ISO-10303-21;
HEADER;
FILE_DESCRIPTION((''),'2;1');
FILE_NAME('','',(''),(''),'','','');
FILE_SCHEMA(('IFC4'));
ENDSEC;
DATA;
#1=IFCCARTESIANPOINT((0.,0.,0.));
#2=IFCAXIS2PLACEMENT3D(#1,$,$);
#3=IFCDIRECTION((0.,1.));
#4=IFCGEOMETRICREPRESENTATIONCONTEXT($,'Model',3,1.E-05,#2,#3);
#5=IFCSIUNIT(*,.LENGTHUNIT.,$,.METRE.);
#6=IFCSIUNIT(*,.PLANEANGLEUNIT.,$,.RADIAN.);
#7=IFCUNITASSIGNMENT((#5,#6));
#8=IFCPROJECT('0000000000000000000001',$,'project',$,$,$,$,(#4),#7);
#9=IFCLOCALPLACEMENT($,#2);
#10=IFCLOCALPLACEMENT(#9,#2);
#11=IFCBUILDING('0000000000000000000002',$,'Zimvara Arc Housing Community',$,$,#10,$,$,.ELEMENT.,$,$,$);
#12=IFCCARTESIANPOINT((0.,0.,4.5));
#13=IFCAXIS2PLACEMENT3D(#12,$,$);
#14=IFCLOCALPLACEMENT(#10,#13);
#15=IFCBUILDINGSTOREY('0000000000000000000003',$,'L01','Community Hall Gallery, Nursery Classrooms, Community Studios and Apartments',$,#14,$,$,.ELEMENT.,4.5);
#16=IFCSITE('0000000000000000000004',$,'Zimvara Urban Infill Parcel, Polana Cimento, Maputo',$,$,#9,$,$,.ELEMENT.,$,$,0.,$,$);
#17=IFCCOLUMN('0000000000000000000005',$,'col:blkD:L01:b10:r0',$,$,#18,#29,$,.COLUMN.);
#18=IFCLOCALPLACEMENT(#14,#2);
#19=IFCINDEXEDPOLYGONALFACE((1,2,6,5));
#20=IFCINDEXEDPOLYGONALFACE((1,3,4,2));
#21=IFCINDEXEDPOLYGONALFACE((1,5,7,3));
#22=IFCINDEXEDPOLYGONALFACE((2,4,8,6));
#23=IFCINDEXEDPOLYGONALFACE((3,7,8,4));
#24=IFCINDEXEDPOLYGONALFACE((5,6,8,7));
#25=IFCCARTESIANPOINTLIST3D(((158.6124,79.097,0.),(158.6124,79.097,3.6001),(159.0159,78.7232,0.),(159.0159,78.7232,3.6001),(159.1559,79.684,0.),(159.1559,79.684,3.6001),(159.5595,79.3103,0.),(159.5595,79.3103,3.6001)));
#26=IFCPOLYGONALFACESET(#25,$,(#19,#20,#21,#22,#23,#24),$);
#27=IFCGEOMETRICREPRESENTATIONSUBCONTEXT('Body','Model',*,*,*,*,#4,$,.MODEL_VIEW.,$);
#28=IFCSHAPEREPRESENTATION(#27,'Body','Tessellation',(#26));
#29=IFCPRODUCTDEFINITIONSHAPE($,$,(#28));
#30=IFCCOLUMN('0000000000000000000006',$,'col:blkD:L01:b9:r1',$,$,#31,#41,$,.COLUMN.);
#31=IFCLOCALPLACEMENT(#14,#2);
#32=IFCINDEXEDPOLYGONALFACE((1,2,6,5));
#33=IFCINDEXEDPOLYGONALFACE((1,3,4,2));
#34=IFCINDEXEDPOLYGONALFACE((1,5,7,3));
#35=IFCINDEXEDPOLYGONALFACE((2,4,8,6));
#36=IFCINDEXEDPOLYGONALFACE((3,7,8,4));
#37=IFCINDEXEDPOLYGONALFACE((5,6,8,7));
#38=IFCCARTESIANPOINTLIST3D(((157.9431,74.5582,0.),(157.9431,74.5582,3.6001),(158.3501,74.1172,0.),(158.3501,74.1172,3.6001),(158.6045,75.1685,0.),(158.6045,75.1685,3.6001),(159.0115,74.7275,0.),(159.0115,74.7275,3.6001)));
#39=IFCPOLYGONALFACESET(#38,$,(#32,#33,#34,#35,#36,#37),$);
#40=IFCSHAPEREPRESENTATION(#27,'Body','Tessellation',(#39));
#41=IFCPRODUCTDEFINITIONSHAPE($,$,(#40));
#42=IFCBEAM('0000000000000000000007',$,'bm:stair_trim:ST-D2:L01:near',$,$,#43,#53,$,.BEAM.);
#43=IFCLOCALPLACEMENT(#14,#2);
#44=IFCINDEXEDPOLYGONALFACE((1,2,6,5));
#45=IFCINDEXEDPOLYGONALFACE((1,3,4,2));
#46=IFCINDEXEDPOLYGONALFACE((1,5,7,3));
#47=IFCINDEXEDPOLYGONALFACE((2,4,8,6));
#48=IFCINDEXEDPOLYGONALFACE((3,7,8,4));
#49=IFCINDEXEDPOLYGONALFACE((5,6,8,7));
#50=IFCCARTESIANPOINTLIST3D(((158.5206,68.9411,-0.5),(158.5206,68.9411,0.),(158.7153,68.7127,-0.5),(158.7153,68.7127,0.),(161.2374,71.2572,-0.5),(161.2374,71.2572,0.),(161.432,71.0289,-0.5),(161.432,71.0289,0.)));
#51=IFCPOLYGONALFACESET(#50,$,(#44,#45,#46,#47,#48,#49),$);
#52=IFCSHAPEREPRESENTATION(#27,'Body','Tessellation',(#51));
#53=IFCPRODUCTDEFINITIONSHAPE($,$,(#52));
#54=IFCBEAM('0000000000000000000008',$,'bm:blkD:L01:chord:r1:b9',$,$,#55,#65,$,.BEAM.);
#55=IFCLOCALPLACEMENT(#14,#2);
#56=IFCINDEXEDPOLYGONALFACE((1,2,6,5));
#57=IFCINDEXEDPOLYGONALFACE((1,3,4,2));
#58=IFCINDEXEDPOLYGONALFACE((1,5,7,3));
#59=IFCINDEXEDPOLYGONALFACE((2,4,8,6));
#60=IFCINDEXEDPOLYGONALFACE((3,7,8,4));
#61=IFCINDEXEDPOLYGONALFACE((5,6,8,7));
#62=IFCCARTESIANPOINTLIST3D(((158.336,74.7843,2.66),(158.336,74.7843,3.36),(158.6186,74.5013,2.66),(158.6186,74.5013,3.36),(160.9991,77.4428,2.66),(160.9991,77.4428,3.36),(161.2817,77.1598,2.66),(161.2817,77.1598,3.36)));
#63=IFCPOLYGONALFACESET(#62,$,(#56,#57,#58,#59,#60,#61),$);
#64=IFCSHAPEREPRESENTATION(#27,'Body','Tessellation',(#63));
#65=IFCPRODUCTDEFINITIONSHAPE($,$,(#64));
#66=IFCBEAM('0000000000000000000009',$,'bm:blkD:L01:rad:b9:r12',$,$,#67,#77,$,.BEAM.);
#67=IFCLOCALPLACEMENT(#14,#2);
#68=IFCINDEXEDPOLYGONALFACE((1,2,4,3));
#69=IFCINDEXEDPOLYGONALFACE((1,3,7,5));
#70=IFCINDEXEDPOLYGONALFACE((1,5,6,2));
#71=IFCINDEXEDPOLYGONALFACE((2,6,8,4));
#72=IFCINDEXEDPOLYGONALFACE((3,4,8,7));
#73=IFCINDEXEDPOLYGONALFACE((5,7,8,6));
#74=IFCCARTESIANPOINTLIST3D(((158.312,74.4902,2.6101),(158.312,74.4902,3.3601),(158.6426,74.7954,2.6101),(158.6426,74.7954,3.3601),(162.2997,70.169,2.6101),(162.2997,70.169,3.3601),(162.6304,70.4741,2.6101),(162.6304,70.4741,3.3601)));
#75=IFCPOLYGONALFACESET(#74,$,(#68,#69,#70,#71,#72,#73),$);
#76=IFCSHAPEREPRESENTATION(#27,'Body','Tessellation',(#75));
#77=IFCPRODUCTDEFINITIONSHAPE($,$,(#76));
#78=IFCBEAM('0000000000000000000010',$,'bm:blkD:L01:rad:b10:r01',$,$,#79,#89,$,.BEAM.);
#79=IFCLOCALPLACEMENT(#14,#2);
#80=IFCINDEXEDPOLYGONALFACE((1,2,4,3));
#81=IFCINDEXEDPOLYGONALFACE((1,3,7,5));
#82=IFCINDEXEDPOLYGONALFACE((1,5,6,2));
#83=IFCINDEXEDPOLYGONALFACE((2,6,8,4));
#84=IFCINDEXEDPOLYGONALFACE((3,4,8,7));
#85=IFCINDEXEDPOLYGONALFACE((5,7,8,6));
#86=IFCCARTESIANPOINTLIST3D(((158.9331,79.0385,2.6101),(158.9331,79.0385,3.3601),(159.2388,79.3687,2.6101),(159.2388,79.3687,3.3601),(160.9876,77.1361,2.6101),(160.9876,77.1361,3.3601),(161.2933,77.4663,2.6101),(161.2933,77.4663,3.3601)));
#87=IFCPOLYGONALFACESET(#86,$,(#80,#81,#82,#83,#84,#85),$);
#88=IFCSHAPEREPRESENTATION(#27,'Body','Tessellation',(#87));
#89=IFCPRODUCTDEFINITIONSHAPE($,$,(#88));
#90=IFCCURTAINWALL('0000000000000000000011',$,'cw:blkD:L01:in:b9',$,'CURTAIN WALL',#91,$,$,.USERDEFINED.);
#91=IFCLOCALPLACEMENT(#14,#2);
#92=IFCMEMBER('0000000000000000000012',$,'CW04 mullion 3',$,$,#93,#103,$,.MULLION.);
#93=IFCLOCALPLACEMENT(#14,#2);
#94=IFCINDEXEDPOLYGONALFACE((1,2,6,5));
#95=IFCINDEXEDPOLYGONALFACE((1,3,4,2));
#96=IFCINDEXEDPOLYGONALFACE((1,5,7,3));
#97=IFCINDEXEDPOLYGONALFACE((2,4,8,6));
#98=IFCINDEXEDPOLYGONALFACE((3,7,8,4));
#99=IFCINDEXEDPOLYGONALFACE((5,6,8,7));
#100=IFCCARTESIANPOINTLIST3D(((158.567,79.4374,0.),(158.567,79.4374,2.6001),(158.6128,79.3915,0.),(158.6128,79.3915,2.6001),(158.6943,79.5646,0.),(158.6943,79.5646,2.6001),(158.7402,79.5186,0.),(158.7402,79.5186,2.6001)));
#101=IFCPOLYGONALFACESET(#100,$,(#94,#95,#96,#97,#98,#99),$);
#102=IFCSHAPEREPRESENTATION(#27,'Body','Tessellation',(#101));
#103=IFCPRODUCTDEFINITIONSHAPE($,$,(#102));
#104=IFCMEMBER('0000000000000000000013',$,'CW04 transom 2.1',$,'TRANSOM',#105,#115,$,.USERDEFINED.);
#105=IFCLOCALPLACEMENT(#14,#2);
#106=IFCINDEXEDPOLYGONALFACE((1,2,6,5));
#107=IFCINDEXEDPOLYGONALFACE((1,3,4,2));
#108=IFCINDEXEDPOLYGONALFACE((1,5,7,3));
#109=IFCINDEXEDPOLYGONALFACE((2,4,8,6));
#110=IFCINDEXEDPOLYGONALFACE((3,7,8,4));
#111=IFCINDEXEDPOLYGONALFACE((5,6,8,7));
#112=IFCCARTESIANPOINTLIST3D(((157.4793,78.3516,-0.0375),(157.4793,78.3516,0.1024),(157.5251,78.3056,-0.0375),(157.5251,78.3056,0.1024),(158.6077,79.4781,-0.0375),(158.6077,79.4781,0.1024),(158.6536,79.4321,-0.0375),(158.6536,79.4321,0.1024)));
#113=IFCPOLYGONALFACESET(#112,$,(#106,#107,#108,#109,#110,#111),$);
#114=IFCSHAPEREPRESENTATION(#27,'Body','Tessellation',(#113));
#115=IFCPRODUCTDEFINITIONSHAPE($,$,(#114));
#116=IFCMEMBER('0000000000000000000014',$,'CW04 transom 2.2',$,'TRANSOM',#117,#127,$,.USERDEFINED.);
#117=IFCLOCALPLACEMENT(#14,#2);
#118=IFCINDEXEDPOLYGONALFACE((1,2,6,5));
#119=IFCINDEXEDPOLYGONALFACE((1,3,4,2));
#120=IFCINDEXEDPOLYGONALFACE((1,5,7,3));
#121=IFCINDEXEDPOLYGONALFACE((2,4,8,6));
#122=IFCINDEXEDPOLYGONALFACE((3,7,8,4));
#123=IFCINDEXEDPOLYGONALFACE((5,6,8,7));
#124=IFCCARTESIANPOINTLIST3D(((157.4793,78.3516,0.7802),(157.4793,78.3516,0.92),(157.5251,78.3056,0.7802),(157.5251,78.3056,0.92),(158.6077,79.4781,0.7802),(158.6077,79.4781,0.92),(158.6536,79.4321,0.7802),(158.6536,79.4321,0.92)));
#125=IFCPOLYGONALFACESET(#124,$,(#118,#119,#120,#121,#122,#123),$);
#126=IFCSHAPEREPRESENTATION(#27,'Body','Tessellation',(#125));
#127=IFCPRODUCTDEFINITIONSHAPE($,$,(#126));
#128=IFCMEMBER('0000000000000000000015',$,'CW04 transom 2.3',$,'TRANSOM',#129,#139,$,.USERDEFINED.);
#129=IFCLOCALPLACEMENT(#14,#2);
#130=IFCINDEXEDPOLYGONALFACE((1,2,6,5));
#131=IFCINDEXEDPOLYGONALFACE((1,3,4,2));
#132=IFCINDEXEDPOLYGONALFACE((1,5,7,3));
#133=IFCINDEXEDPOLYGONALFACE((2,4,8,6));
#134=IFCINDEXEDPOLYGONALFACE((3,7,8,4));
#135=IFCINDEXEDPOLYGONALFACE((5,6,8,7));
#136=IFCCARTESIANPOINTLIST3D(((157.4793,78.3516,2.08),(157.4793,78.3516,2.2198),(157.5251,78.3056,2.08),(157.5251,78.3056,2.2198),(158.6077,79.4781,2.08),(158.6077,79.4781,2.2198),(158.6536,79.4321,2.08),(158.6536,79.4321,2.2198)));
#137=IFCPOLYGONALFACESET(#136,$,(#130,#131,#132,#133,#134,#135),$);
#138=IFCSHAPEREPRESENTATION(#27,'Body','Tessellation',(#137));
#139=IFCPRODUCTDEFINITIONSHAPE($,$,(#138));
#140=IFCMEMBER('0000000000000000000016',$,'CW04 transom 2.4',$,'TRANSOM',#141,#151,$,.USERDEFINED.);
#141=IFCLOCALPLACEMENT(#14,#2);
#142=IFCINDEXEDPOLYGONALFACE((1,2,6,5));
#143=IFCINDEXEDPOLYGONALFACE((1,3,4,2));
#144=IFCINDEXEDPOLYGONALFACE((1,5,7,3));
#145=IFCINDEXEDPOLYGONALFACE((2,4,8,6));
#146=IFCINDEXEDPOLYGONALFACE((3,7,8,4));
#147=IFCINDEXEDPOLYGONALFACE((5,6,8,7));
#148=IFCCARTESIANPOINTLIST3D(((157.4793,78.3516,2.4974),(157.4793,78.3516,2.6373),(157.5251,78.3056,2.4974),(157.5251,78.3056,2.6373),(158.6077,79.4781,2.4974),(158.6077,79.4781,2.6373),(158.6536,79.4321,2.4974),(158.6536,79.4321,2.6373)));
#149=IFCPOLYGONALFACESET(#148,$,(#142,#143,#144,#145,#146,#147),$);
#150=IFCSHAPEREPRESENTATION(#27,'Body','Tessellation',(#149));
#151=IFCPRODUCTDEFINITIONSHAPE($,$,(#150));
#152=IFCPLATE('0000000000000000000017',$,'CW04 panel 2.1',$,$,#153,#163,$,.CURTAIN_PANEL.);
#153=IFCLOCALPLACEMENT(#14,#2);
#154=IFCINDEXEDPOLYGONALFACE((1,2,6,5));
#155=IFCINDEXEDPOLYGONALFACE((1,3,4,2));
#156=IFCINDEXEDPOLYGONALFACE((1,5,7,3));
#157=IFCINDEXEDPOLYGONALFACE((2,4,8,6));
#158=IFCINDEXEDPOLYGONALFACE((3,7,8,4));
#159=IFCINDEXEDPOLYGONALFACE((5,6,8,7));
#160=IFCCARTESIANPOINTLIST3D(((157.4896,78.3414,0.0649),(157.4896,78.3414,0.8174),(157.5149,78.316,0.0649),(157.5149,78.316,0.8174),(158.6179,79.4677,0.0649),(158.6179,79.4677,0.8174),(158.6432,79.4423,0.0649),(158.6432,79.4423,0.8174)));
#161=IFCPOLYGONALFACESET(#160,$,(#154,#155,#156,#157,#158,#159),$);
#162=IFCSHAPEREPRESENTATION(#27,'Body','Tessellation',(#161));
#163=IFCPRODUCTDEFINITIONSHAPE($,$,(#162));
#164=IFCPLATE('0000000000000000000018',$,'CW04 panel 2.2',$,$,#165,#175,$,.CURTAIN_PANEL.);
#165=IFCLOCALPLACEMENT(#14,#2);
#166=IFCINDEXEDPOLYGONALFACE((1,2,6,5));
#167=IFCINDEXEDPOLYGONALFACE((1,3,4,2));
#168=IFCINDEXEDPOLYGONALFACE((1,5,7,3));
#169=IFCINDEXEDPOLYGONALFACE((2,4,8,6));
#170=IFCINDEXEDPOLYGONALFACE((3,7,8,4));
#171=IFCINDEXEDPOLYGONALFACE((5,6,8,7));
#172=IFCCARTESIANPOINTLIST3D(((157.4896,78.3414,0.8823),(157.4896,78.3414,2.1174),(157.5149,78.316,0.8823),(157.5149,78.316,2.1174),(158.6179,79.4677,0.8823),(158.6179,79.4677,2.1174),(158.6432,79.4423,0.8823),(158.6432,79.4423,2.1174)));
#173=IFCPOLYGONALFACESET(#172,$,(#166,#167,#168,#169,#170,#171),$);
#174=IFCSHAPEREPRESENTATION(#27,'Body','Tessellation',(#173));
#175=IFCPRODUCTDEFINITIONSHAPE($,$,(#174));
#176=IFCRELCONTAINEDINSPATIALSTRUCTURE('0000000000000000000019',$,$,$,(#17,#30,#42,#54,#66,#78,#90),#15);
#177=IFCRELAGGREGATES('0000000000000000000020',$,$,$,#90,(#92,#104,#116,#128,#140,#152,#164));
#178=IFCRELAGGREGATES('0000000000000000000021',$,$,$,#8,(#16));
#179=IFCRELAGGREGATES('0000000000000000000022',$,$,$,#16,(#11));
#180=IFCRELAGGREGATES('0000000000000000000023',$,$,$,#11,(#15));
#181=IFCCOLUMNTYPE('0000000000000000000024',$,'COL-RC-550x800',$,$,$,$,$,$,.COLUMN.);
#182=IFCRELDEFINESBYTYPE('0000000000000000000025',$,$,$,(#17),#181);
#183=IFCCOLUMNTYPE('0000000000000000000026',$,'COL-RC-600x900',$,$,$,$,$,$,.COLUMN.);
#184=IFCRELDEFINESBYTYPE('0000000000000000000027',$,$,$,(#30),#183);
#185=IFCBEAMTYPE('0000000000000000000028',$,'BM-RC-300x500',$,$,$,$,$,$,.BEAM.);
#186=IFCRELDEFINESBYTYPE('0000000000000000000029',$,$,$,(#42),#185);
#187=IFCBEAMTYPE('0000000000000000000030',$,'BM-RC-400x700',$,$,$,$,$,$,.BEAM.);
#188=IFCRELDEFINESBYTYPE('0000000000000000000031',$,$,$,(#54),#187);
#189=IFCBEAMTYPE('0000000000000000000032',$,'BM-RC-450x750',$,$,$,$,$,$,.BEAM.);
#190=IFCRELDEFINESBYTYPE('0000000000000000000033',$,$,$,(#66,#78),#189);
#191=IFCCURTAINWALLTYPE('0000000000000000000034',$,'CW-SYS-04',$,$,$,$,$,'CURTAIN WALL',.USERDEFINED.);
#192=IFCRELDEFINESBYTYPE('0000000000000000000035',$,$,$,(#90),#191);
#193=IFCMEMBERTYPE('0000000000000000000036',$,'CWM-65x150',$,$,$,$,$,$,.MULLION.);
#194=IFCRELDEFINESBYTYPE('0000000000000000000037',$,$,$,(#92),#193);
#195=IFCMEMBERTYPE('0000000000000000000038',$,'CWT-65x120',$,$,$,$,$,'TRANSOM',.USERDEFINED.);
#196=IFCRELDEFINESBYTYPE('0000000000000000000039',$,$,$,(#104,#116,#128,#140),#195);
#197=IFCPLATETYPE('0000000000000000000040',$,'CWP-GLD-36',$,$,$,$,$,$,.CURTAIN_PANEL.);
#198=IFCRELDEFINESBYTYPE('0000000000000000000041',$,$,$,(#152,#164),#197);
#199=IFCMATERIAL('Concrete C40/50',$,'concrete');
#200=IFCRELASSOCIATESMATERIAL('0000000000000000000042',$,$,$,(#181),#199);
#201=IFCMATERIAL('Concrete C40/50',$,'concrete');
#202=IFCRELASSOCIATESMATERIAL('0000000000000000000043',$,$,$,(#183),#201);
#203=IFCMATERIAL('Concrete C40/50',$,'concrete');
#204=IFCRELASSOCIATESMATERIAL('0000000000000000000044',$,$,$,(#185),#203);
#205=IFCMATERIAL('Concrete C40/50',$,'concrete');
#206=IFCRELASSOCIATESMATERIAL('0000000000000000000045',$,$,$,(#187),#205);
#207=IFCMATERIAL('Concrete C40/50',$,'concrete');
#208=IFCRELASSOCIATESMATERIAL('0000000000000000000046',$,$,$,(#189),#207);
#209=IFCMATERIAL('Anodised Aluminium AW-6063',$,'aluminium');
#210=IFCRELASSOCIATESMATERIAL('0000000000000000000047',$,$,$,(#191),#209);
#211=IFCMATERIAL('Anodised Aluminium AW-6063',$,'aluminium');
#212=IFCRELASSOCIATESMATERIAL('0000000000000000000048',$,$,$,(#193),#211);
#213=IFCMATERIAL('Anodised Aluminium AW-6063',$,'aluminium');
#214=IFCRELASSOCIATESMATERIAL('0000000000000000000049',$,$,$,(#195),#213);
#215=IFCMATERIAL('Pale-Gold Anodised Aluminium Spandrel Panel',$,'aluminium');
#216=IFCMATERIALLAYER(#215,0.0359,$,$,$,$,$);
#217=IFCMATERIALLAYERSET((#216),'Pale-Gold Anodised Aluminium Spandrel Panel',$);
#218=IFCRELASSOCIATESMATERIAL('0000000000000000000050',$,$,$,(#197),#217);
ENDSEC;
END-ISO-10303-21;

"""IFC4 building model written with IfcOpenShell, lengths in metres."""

from ifc_helpers import new_model, si_unit, direction, frame, origin, origin_2d, place, context, subcontext, project, spatial, rectangle, extrude, material, layer, layer_set, material_profile, profile_set, type_object, element, aggregate, save


model = new_model("IFC4")

# Units and contexts
model_context = context("Model", 3, precision=1e-05, world=origin(), true_north=direction((0.0, 1.0)))
body_context = subcontext(model_context, "Body", "Model", "MODEL_VIEW")
ifc_project = project(units=[si_unit("LENGTHUNIT", "METRE"), si_unit("PLANEANGLEUNIT", "RADIAN")], contexts=[model_context])

# Site, building, storey
site_placement = place(None, origin())
site = spatial("IfcSite", under=ifc_project, at=site_placement, Name="Zimvara Urban Infill Parcel, Polana Cimento, Maputo", CompositionType="ELEMENT", RefElevation=0.0)
building_placement = place(site_placement, origin())
building = spatial("IfcBuilding", under=site, at=building_placement, Name="Zimvara Arc Housing Community", CompositionType="ELEMENT")
storey_placement = place(building_placement, frame((0.0, 0.0, 4.5)))
storey = spatial("IfcBuildingStorey", under=building, at=storey_placement, Name="L01", Description="Community Hall Gallery, Nursery Classrooms, Community Studios and Apartments", CompositionType="ELEMENT", Elevation=4.5)

# Columns
ifc_material_1 = material(Name="Concrete C40/50", Category="concrete")
ifc_material_profile_1 = material_profile(ifc_material_1, rectangle(XDim=0.55, YDim=0.8, at=origin_2d()), Name="RC 550x800")
ifc_profile_set_1 = profile_set([ifc_material_profile_1], Name="Concrete C40/50")
column_type_1 = type_object("IfcColumnType", Name="COL-RC-550x800", PredefinedType="COLUMN", material=ifc_profile_set_1)
column_1_placement = place(storey_placement, frame((159.0859, 79.2036, 0.0), z_axis=(0.0, 0.0, 1.0), x_axis=(0.73373, -0.679441, 0.0)))
element("IfcColumn", 1, at=column_1_placement, inside=storey, type_object=column_type_1, Name="col:blkD:L01:b10:r0", PredefinedType="COLUMN", context=body_context, shape_type="SweptSolid", body=[
    extrude(rectangle(XDim=0.55, YDim=0.8, at=origin_2d()), origin(), (0.0, 0.0, 1.0), 3.6001),
])
ifc_material_2 = material(Name="Concrete C40/50", Category="concrete")
ifc_material_profile_2 = material_profile(ifc_material_2, rectangle(XDim=0.6001, YDim=0.8999, at=origin_2d()), Name="RC 600x900")
ifc_profile_set_2 = profile_set([ifc_material_profile_2], Name="Concrete C40/50")
column_type_2 = type_object("IfcColumnType", Name="COL-RC-600x900", PredefinedType="COLUMN", material=ifc_profile_set_2)
column_2_placement = place(storey_placement, frame((158.4773, 74.6428, 0.0), z_axis=(0.0, 0.0, 1.0), x_axis=(0.67816, -0.734915, 0.0)))
element("IfcColumn", 2, at=column_2_placement, inside=storey, type_object=column_type_2, Name="col:blkD:L01:b9:r1", PredefinedType="COLUMN", context=body_context, shape_type="SweptSolid", body=[
    extrude(rectangle(XDim=0.6001, YDim=0.8999, at=origin_2d()), origin(), (0.0, 0.0, 1.0), 3.6001),
])

# Beams
ifc_material_3 = material(Name="Concrete C40/50", Category="concrete")
ifc_material_profile_3 = material_profile(ifc_material_3, rectangle(XDim=0.3, YDim=0.5, at=origin_2d()), Name="RC 300x500")
ifc_profile_set_3 = profile_set([ifc_material_profile_3], Name="Concrete C40/50")
beam_type_1 = type_object("IfcBeamType", Name="BM-RC-300x500", PredefinedType="BEAM", material=ifc_profile_set_3)
beam_1_placement = place(storey_placement, frame((158.6179, 68.8269, -0.25), z_axis=(0.760987, 0.648767, 0.0), x_axis=(-0.648767, 0.760987, 0.0)))
element("IfcBeam", 3, at=beam_1_placement, inside=storey, type_object=beam_type_1, Name="bm:stair_trim:ST-D2:L01:near", PredefinedType="BEAM", context=body_context, shape_type="SweptSolid", body=[
    extrude(rectangle(XDim=0.3, YDim=0.5, at=origin_2d()), origin(), (0.0, 0.0, 1.0), 3.5701),
])
ifc_material_4 = material(Name="Concrete C40/50", Category="concrete")
ifc_material_profile_4 = material_profile(ifc_material_4, rectangle(XDim=0.3999, YDim=0.7, at=origin_2d()), Name="RC 400x700")
ifc_profile_set_4 = profile_set([ifc_material_profile_4], Name="Concrete C40/50")
beam_type_2 = type_object("IfcBeamType", Name="BM-RC-400x700", PredefinedType="BEAM", material=ifc_profile_set_4)
beam_2_placement = place(storey_placement, frame((158.4773, 74.6428, 3.01), z_axis=(0.707723, 0.70649, 0.0), x_axis=(-0.70649, 0.707723, 0.0)))
element("IfcBeam", 4, at=beam_2_placement, inside=storey, type_object=beam_type_2, Name="bm:blkD:L01:chord:r1:b9", PredefinedType="BEAM", context=body_context, shape_type="SweptSolid", body=[
    extrude(rectangle(XDim=0.3999, YDim=0.7, at=origin_2d()), origin(), (0.0, 0.0, 1.0), 3.7629),
])
ifc_material_5 = material(Name="Concrete C40/50", Category="concrete")
ifc_material_profile_5 = material_profile(ifc_material_5, rectangle(XDim=0.45, YDim=0.75, at=origin_2d()), Name="RC 450x750")
ifc_profile_set_5 = profile_set([ifc_material_profile_5], Name="Concrete C40/50")
beam_type_3 = type_object("IfcBeamType", Name="BM-RC-450x750", PredefinedType="BEAM", material=ifc_profile_set_5)
beam_3_placement = place(storey_placement, frame((158.4773, 74.6428, 2.9851), z_axis=(0.67818, -0.734896, 0.0), x_axis=(0.734896, 0.67818, 0.0)))
element("IfcBeam", 5, at=beam_3_placement, inside=storey, type_object=beam_type_3, Name="bm:blkD:L01:rad:b9:r12", PredefinedType="BEAM", context=body_context, shape_type="SweptSolid", body=[
    extrude(rectangle(XDim=0.45, YDim=0.75, at=origin_2d()), origin(), (0.0, 0.0, 1.0), 5.8801),
])
beam_4_placement = place(storey_placement, frame((159.0859, 79.2036, 2.9851), z_axis=(0.733746, -0.679424, 0.0), x_axis=(0.679424, 0.733746, 0.0)))
element("IfcBeam", 6, at=beam_4_placement, inside=storey, type_object=beam_type_3, Name="bm:blkD:L01:rad:b10:r01", PredefinedType="BEAM", context=body_context, shape_type="SweptSolid", body=[
    extrude(rectangle(XDim=0.45, YDim=0.75, at=origin_2d()), origin(), (0.0, 0.0, 1.0), 2.8),
])

# Curtain wall, members, plates
ifc_material_6 = material(Name="Anodised Aluminium AW-6063", Category="aluminium")
curtain_wall_type = type_object("IfcCurtainWallType", Name="CW-SYS-04", ElementType="CURTAIN WALL", PredefinedType="USERDEFINED", material=ifc_material_6)
curtain_wall_placement = place(storey_placement, origin())
curtain_wall = element("IfcCurtainWall", 7, at=curtain_wall_placement, inside=storey, type_object=curtain_wall_type, Name="cw:blkD:L01:in:b9", ObjectType="CURTAIN WALL", PredefinedType="USERDEFINED")
ifc_material_7 = material(Name="Anodised Aluminium AW-6063", Category="aluminium")
ifc_material_profile_6 = material_profile(ifc_material_7, rectangle(XDim=0.0649, YDim=0.1799, at=origin_2d()), Name="ALU 65x180")
ifc_profile_set_6 = profile_set([ifc_material_profile_6], Name="Anodised Aluminium AW-6063")
member_type_1 = type_object("IfcMemberType", Name="CWM-65x150", PredefinedType="MULLION", material=ifc_profile_set_6)
member_1_placement = place(storey_placement, frame((158.6536, 79.478, 0.0), z_axis=(0.0, 0.0, 1.0), x_axis=(-0.70649, 0.707723, 0.0)))
member_1 = element("IfcMember", 8, at=member_1_placement, type_object=member_type_1, Name="CW04 mullion 3", PredefinedType="MULLION", context=body_context, shape_type="SweptSolid", body=[
    extrude(rectangle(XDim=0.0649, YDim=0.1799, at=origin_2d()), origin(), (0.0, 0.0, 1.0), 2.6001),
])
ifc_material_8 = material(Name="Anodised Aluminium AW-6063", Category="aluminium")
ifc_material_profile_7 = material_profile(ifc_material_8, rectangle(XDim=0.0649, YDim=0.1399, at=origin_2d()), Name="ALU 65x140")
ifc_profile_set_7 = profile_set([ifc_material_profile_7], Name="Anodised Aluminium AW-6063")
member_type_2 = type_object("IfcMemberType", Name="CWT-65x120", ElementType="TRANSOM", PredefinedType="USERDEFINED", material=ifc_profile_set_7)
member_2_placement = place(storey_placement, frame((157.5022, 78.3286, 0.0325), z_axis=(0.707719, 0.706494, 0.0), x_axis=(-0.706494, 0.707719, 0.0)))
member_2 = element("IfcMember", 9, at=member_2_placement, type_object=member_type_2, Name="CW04 transom 2.1", ObjectType="TRANSOM", PredefinedType="USERDEFINED", context=body_context, shape_type="SweptSolid", body=[
    extrude(rectangle(XDim=0.0649, YDim=0.1399, at=origin_2d()), origin(), (0.0, 0.0, 1.0), 1.5945),
])
member_3_placement = place(storey_placement, frame((157.5022, 78.3286, 0.8501), z_axis=(0.707719, 0.706494, 0.0), x_axis=(-0.706494, 0.707719, 0.0)))
member_3 = element("IfcMember", 10, at=member_3_placement, type_object=member_type_2, Name="CW04 transom 2.2", ObjectType="TRANSOM", PredefinedType="USERDEFINED", context=body_context, shape_type="SweptSolid", body=[
    extrude(rectangle(XDim=0.0649, YDim=0.1399, at=origin_2d()), origin(), (0.0, 0.0, 1.0), 1.5945),
])
member_4_placement = place(storey_placement, frame((157.5022, 78.3286, 2.1499), z_axis=(0.707719, 0.706494, 0.0), x_axis=(-0.706494, 0.707719, 0.0)))
member_4 = element("IfcMember", 11, at=member_4_placement, type_object=member_type_2, Name="CW04 transom 2.3", ObjectType="TRANSOM", PredefinedType="USERDEFINED", context=body_context, shape_type="SweptSolid", body=[
    extrude(rectangle(XDim=0.0649, YDim=0.1399, at=origin_2d()), origin(), (0.0, 0.0, 1.0), 1.5945),
])
member_5_placement = place(storey_placement, frame((157.5022, 78.3286, 2.5674), z_axis=(0.707719, 0.706494, 0.0), x_axis=(-0.706494, 0.707719, 0.0)))
member_5 = element("IfcMember", 12, at=member_5_placement, type_object=member_type_2, Name="CW04 transom 2.4", ObjectType="TRANSOM", PredefinedType="USERDEFINED", context=body_context, shape_type="SweptSolid", body=[
    extrude(rectangle(XDim=0.0649, YDim=0.1399, at=origin_2d()), origin(), (0.0, 0.0, 1.0), 1.5945),
])
ifc_material_9 = material(Name="Pale-Gold Anodised Aluminium Spandrel Panel", Category="aluminium")
ifc_layer_1 = layer(ifc_material_9, 0.0359)
ifc_layer_set_1 = layer_set([ifc_layer_1], Name="Pale-Gold Anodised Aluminium Spandrel Panel")
plate_type = type_object("IfcPlateType", Name="CWP-GLD-36", PredefinedType="CURTAIN_PANEL", material=ifc_layer_set_1)
plate_1_placement = place(storey_placement, frame((158.0664, 78.8918, 0.0649), z_axis=(0.0, 0.0, 1.0), x_axis=(0.707723, 0.70649, 0.0)))
plate_1 = element("IfcPlate", 13, at=plate_1_placement, type_object=plate_type, Name="CW04 panel 2.1", PredefinedType="CURTAIN_PANEL", context=body_context, shape_type="SweptSolid", body=[
    extrude(rectangle(XDim=1.5942, YDim=0.0359, at=origin_2d()), origin(), (0.0, 0.0, 1.0), 0.7524),
])
plate_2_placement = place(storey_placement, frame((158.0664, 78.8918, 0.8823), z_axis=(0.0, 0.0, 1.0), x_axis=(0.707723, 0.70649, 0.0)))
plate_2 = element("IfcPlate", 14, at=plate_2_placement, type_object=plate_type, Name="CW04 panel 2.2", PredefinedType="CURTAIN_PANEL", context=body_context, shape_type="SweptSolid", body=[
    extrude(rectangle(XDim=1.5942, YDim=0.0359, at=origin_2d()), origin(), (0.0, 0.0, 1.0), 1.2351),
])
aggregate(curtain_wall, [member_1, member_2, member_3, member_4, member_5, plate_1, plate_2])

save(model, "model.ifc")
